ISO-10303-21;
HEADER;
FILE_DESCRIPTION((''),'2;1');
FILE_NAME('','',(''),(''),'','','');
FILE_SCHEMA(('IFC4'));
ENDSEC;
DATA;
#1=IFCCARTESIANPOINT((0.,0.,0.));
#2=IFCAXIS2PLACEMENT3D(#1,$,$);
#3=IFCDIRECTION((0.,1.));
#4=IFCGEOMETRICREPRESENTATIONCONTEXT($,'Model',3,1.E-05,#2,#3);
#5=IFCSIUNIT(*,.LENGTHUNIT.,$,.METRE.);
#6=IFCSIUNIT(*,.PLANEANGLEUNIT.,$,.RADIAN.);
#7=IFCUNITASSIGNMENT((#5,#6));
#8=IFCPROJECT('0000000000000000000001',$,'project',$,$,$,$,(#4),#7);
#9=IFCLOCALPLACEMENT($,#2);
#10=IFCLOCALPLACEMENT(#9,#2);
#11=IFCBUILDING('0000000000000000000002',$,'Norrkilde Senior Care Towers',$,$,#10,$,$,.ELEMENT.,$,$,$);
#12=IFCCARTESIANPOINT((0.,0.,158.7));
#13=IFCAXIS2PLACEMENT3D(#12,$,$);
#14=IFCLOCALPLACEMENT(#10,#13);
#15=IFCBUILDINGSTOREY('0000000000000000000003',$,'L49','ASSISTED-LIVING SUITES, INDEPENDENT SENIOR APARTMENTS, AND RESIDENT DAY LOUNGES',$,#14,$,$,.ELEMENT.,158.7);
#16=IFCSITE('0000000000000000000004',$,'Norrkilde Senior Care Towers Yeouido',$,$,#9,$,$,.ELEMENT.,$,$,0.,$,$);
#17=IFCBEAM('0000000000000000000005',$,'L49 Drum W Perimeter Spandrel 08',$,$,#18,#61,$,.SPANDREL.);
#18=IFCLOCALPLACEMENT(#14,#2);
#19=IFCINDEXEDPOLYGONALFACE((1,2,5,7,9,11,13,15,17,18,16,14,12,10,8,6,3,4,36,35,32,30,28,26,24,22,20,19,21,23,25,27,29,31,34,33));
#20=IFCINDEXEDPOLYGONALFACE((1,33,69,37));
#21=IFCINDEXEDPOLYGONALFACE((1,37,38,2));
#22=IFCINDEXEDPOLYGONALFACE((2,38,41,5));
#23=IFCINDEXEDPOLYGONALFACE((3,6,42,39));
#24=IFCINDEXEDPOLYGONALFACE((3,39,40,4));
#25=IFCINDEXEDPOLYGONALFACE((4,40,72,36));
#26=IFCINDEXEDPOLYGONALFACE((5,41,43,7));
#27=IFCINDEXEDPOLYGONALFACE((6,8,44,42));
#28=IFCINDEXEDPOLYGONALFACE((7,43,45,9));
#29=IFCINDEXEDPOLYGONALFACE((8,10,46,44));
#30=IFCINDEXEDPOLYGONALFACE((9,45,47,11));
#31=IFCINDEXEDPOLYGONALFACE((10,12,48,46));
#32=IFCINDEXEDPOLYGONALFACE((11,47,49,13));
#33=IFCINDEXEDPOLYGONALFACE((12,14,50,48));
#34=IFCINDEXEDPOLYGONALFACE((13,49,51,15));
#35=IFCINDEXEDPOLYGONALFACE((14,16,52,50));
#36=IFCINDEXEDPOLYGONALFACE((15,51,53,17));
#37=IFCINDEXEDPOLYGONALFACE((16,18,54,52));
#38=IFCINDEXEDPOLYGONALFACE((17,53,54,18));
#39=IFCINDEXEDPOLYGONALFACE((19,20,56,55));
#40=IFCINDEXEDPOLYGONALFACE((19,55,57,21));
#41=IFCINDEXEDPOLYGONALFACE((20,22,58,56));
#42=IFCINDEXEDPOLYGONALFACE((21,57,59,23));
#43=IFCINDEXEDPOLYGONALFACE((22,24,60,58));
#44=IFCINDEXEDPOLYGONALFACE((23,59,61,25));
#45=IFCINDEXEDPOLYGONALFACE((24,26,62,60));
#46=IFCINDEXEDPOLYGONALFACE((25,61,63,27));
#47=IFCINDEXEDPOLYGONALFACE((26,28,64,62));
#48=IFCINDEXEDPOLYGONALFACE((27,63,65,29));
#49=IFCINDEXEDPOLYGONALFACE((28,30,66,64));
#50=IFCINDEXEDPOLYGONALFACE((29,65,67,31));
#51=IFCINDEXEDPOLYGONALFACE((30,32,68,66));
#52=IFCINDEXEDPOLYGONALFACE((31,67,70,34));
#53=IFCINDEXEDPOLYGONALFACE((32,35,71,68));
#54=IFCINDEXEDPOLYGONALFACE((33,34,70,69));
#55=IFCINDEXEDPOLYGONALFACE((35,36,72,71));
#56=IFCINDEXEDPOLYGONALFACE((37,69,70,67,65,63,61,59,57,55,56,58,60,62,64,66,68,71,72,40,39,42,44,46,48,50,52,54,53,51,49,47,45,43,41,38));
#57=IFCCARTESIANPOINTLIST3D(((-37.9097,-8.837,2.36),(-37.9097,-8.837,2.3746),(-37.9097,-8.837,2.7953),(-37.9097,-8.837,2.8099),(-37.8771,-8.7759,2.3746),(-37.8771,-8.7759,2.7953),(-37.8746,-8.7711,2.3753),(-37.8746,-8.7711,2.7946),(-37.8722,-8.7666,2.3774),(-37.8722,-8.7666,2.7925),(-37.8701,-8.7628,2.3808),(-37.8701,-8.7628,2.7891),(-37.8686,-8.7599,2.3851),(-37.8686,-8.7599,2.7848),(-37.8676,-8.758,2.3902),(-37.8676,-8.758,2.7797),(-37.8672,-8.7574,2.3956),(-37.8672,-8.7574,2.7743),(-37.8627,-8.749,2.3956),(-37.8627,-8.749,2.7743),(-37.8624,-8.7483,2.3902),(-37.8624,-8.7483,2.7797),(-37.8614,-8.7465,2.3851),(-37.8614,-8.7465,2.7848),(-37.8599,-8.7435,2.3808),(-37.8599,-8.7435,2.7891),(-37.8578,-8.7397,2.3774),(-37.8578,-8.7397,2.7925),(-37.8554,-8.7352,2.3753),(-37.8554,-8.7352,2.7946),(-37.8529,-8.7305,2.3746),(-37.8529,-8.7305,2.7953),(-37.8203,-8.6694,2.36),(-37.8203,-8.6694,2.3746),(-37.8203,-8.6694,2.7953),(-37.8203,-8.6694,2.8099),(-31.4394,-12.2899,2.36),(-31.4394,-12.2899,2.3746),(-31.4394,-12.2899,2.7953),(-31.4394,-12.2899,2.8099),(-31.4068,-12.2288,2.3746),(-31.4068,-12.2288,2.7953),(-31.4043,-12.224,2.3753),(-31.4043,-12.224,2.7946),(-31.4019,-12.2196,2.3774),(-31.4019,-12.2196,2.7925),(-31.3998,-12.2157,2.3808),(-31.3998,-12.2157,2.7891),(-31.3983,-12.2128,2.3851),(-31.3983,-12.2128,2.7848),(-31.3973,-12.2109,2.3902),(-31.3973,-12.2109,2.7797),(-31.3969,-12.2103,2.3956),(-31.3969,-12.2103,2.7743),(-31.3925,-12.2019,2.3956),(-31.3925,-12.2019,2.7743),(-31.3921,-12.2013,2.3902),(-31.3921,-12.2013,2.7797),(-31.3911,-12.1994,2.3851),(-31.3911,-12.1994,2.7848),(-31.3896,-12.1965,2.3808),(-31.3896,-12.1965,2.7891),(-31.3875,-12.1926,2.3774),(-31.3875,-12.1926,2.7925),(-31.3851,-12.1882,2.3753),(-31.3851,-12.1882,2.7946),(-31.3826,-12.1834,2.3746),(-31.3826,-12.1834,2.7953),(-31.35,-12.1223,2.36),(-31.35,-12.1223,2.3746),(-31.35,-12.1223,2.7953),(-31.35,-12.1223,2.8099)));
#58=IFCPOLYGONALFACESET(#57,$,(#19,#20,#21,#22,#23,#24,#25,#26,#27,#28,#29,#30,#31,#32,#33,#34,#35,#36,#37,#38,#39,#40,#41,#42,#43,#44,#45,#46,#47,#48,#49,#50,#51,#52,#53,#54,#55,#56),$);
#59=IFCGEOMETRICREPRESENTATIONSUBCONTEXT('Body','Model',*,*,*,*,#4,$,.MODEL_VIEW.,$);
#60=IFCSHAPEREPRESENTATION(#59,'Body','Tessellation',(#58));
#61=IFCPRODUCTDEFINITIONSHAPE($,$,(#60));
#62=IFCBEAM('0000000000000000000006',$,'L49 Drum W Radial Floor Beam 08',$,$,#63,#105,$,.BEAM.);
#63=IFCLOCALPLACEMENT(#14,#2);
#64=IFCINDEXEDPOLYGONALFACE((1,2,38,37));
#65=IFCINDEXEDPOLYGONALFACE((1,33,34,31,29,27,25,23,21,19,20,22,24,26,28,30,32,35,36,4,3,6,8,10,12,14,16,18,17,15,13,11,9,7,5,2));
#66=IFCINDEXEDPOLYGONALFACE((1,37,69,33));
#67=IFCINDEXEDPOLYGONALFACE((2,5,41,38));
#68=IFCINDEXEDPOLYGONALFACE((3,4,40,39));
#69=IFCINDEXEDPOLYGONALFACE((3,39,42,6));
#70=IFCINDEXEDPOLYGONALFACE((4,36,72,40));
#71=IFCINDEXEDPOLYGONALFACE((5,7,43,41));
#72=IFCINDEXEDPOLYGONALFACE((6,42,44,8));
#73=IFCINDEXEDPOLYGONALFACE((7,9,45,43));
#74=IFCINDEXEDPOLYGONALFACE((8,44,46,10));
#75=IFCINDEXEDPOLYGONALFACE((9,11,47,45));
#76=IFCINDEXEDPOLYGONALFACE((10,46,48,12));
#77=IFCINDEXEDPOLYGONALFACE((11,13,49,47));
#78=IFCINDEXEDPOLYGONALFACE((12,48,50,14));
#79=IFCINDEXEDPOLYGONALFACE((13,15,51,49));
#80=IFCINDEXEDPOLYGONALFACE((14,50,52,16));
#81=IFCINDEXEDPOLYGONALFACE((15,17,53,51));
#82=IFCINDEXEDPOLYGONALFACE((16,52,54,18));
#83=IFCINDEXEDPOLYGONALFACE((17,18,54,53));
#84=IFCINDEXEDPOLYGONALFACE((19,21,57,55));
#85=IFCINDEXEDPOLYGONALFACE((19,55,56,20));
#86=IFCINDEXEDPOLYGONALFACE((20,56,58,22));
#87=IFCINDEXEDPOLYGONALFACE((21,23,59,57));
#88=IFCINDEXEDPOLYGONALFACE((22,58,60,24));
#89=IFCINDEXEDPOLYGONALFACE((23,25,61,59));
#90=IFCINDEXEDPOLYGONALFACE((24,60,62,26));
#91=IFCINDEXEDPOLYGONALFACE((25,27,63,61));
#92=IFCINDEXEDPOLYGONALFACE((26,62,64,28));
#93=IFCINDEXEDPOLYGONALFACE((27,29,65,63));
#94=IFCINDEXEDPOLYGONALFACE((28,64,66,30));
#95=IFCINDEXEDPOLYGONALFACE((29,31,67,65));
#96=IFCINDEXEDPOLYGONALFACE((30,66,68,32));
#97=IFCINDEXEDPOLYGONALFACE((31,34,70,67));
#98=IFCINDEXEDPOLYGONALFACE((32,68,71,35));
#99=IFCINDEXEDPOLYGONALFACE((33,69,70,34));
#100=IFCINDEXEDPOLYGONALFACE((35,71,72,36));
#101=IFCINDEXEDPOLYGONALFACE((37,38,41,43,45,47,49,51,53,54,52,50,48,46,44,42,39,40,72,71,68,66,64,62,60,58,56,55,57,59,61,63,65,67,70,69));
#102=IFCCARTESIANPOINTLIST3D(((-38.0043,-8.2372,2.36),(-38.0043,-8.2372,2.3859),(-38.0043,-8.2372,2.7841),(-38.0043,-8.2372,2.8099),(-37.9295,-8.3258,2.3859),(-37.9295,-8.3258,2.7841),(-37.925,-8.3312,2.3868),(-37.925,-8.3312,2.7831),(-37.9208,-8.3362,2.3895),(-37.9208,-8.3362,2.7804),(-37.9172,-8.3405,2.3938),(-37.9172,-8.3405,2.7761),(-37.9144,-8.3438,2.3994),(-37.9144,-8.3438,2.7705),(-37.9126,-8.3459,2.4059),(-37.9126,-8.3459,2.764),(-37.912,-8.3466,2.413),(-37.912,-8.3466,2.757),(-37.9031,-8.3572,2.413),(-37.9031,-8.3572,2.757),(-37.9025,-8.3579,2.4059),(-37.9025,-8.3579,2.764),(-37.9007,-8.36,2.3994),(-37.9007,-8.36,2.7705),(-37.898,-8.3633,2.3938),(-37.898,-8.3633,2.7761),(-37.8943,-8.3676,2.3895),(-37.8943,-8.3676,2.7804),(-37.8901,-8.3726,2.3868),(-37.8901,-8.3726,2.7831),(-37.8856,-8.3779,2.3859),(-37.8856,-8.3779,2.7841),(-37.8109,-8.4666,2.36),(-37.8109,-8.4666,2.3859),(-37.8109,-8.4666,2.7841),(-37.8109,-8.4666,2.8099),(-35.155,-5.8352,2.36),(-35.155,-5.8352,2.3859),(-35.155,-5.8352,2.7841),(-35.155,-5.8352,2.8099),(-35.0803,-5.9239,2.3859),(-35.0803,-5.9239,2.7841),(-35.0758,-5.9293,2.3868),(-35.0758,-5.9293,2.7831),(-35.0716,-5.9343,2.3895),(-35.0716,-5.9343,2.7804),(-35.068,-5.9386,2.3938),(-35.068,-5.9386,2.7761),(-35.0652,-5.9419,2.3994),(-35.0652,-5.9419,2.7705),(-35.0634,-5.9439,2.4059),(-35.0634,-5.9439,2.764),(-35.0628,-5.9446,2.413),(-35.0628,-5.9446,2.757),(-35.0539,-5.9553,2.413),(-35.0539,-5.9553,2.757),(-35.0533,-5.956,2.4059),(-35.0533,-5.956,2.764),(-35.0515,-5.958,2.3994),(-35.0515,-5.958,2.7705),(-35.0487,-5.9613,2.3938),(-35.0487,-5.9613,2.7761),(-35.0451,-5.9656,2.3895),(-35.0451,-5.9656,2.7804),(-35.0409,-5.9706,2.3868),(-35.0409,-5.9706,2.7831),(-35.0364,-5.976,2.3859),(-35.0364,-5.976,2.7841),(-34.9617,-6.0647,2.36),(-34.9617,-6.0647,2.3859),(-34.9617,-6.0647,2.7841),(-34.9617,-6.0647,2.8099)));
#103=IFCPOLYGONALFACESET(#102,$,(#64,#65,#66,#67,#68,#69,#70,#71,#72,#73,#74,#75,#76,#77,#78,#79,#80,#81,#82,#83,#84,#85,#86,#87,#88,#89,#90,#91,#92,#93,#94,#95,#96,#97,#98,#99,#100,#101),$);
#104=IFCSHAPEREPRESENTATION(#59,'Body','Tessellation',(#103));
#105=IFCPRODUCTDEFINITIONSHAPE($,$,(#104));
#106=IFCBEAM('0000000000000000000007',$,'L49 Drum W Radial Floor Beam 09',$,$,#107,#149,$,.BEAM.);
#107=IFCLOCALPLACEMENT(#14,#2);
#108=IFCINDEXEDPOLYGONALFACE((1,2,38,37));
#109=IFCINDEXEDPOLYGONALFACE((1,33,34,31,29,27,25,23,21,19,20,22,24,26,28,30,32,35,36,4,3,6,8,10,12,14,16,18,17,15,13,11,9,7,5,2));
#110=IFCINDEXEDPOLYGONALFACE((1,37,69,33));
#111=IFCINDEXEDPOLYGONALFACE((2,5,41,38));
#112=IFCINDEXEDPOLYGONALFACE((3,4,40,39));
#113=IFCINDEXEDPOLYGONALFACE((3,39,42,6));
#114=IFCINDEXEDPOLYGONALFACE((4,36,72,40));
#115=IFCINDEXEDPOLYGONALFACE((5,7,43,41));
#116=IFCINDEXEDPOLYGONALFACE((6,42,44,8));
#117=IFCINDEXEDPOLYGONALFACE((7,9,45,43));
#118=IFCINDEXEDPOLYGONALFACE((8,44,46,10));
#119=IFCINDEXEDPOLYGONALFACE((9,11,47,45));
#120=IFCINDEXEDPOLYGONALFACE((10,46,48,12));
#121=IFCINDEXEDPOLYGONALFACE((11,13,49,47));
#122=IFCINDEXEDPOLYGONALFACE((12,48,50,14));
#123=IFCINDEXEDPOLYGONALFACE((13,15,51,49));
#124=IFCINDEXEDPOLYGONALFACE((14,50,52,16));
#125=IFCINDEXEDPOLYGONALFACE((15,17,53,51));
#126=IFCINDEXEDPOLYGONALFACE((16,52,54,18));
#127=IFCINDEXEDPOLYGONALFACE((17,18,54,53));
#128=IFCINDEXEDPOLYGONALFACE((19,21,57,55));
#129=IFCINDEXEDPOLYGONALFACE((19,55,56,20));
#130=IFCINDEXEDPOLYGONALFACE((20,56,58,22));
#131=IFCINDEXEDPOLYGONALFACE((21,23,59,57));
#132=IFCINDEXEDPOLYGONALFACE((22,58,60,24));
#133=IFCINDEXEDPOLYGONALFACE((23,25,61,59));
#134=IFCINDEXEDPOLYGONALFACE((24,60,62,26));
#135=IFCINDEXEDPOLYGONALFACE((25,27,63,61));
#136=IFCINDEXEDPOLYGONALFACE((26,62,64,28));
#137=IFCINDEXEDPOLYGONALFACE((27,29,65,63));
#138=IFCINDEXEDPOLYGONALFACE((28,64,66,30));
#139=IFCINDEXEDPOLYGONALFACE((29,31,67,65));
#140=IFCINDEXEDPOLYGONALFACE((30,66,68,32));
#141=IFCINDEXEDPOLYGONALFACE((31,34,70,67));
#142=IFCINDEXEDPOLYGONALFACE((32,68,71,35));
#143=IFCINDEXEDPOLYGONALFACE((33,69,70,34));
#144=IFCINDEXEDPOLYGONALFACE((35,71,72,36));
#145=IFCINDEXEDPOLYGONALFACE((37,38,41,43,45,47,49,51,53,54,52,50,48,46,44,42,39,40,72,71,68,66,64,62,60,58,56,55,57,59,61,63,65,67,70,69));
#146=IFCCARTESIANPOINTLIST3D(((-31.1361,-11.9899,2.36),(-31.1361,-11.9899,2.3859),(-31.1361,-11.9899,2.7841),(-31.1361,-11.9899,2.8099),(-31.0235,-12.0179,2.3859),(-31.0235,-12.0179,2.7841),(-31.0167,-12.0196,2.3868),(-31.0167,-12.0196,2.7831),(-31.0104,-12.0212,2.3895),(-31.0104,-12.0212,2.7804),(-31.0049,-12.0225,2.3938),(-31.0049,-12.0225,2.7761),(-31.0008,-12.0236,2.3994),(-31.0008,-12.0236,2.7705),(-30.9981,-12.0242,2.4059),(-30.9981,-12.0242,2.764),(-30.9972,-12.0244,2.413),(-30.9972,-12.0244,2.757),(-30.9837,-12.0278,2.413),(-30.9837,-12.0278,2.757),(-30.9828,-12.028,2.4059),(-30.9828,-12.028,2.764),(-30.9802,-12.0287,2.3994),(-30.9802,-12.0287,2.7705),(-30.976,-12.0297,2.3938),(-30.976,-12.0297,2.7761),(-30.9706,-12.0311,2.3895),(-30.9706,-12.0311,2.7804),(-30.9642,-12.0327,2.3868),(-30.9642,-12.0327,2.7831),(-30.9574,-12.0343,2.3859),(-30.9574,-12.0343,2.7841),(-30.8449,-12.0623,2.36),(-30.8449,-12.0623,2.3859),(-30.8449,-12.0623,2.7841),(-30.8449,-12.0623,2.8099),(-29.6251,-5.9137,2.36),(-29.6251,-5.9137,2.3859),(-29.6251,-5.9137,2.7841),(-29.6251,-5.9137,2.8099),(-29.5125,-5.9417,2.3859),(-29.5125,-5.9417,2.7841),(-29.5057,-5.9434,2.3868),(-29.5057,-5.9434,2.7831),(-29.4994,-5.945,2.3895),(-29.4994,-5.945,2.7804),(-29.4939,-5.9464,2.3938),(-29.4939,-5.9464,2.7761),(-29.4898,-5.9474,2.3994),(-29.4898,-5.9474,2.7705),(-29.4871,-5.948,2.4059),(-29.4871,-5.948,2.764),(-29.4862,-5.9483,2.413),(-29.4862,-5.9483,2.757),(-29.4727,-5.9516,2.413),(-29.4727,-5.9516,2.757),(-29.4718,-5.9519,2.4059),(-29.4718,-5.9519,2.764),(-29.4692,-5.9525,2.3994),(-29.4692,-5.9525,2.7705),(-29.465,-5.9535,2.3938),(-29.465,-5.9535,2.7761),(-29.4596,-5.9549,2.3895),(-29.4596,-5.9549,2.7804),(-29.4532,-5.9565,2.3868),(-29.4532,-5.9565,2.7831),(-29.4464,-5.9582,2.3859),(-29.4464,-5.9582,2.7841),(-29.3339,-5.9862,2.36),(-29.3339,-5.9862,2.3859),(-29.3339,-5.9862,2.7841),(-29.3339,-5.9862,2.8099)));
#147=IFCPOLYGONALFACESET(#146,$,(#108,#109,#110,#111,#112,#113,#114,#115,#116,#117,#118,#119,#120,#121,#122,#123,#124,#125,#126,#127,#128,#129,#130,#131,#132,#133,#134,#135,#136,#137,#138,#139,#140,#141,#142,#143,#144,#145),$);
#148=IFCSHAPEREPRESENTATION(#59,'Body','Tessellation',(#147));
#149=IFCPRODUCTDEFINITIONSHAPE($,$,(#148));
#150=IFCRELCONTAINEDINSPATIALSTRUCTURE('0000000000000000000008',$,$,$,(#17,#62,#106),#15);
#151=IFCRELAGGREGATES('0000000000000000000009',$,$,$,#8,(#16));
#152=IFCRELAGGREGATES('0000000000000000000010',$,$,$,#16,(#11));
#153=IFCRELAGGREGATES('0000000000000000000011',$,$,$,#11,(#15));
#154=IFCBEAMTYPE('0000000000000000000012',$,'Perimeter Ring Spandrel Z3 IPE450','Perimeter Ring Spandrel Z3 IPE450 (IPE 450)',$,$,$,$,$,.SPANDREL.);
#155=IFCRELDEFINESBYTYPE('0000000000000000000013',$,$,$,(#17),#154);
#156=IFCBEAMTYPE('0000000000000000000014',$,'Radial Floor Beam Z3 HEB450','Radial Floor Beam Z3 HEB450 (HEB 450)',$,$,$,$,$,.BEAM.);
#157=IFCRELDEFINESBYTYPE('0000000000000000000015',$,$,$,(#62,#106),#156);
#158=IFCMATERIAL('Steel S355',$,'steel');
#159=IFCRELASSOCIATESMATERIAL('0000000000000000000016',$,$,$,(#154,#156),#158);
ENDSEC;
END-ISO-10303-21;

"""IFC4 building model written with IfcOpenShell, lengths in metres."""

from ifc_helpers import new_model, si_unit, direction, frame, origin, origin_2d, place, context, subcontext, project, spatial, i_section, extrude, source, transform, mapped, material, material_profile, profile_set, type_object, type_shapes, element, save


model = new_model("IFC4")

# Units and contexts
model_context = context("Model", 3, precision=1e-05, world=origin(), true_north=direction((0.0, 1.0)))
body_context = subcontext(model_context, "Body", "Model", "MODEL_VIEW")
ifc_project = project(units=[si_unit("LENGTHUNIT", "METRE"), si_unit("PLANEANGLEUNIT", "RADIAN")], contexts=[model_context])

# Site, building, storey
site_placement = place(None, origin())
site = spatial("IfcSite", under=ifc_project, at=site_placement, Name="Norrkilde Senior Care Towers Yeouido", CompositionType="ELEMENT", RefElevation=0.0)
building_placement = place(site_placement, origin())
building = spatial("IfcBuilding", under=site, at=building_placement, Name="Norrkilde Senior Care Towers", CompositionType="ELEMENT")
storey_placement = place(building_placement, frame((0.0, 0.0, 158.7)))
storey = spatial("IfcBuildingStorey", under=building, at=storey_placement, Name="L49", Description="ASSISTED-LIVING SUITES, INDEPENDENT SENIOR APARTMENTS, AND RESIDENT DAY LOUNGES", CompositionType="ELEMENT", Elevation=158.7)

# Beams
ifc_material_1 = material(Name="Steel S355", Category="steel")
ifc_material_profile_1 = material_profile(ifc_material_1, i_section(OverallWidth=0.1899, OverallDepth=0.45, WebThickness=0.0095, FlangeThickness=0.0146, FilletRadius=0.021, at=origin_2d()), Name="IPE 450")
ifc_profile_set_1 = profile_set([ifc_material_profile_1], Name="Steel S355")
beam_type_1 = type_object("IfcBeamType", Name="Perimeter Ring Spandrel Z3 IPE450", Description="Perimeter Ring Spandrel Z3 IPE450 (IPE 450)", PredefinedType="SPANDREL", material=ifc_profile_set_1)
shared_shape_1 = source(origin(), body_context, "Body", "SweptSolid", [
    extrude(i_section(OverallWidth=0.1899, OverallDepth=0.45, WebThickness=0.0095, FlangeThickness=0.0146, FilletRadius=0.021, at=origin_2d()), origin(), (0.0, 0.0, 1.0), 7.334),
])
beam_1_placement = place(storey_placement, frame((-37.865, -8.7532, 2.585), z_axis=(0.882234, -0.470811, 0.0), x_axis=(0.470811, 0.882234, 0.0)))
element("IfcBeam", 1, at=beam_1_placement, inside=storey, type_object=beam_type_1, Name="L49 Drum W Perimeter Spandrel 08", PredefinedType="SPANDREL", context=body_context, shape_type="MappedRepresentation", body=[
    mapped(shared_shape_1, transform((0.0, 0.0, 0.0), x_axis=(1.0, 0.0, 0.0), y_axis=(0.0, 1.0, 0.0), z_axis=(0.0, 0.0, 1.0), scale=1.0)),
])
ifc_material_profile_2 = material_profile(ifc_material_1, i_section(OverallWidth=0.3, OverallDepth=0.45, WebThickness=0.0139, FlangeThickness=0.0259, FilletRadius=0.0271, at=origin_2d()), Name="HEB 450")
ifc_profile_set_2 = profile_set([ifc_material_profile_2], Name="Steel S355")
beam_type_2 = type_object("IfcBeamType", Name="Radial Floor Beam Z3 HEB450", Description="Radial Floor Beam Z3 HEB450 (HEB 450)", PredefinedType="BEAM", material=ifc_profile_set_2)
shared_shape_2 = source(origin(), body_context, "Body", "SweptSolid", [
    extrude(i_section(OverallWidth=0.3, OverallDepth=0.45, WebThickness=0.0139, FlangeThickness=0.0259, FilletRadius=0.0271, at=origin_2d()), origin(), (0.0, 0.0, 1.0), 3.7266),
])
beam_2_placement = place(storey_placement, frame((-35.0583, -5.95, 2.585), z_axis=(-0.764568, -0.644543, 0.0), x_axis=(0.644543, -0.764568, 0.0)))
element("IfcBeam", 2, at=beam_2_placement, inside=storey, type_object=beam_type_2, Name="L49 Drum W Radial Floor Beam 08", PredefinedType="BEAM", context=body_context, shape_type="MappedRepresentation", body=[
    mapped(shared_shape_2, transform((0.0, 0.0, 0.0), x_axis=(1.0, 0.0, 0.0), y_axis=(0.0, 1.0, 0.0), z_axis=(0.0, 0.0, 1.0), scale=1.0)),
])
shared_shape_3 = source(origin(), body_context, "Body", "SweptSolid", [
    extrude(i_section(OverallWidth=0.3, OverallDepth=0.45, WebThickness=0.0139, FlangeThickness=0.0259, FilletRadius=0.0271, at=origin_2d()), origin(), (0.0, 0.0, 1.0), 6.2612),
])
type_shapes(beam_type_2, [shared_shape_2, shared_shape_3])
beam_3_placement = place(storey_placement, frame((-29.4795, -5.95, 2.585), z_axis=(-0.241324, -0.970445, 0.0), x_axis=(0.970445, -0.241324, 0.0)))
element("IfcBeam", 3, at=beam_3_placement, inside=storey, type_object=beam_type_2, Name="L49 Drum W Radial Floor Beam 09", PredefinedType="BEAM", context=body_context, shape_type="MappedRepresentation", body=[
    mapped(shared_shape_3, transform((0.0, 0.0, 0.0), x_axis=(1.0, 0.0, 0.0), y_axis=(0.0, 1.0, 0.0), z_axis=(0.0, 0.0, 1.0), scale=1.0)),
])

save(model, "model.ifc")
